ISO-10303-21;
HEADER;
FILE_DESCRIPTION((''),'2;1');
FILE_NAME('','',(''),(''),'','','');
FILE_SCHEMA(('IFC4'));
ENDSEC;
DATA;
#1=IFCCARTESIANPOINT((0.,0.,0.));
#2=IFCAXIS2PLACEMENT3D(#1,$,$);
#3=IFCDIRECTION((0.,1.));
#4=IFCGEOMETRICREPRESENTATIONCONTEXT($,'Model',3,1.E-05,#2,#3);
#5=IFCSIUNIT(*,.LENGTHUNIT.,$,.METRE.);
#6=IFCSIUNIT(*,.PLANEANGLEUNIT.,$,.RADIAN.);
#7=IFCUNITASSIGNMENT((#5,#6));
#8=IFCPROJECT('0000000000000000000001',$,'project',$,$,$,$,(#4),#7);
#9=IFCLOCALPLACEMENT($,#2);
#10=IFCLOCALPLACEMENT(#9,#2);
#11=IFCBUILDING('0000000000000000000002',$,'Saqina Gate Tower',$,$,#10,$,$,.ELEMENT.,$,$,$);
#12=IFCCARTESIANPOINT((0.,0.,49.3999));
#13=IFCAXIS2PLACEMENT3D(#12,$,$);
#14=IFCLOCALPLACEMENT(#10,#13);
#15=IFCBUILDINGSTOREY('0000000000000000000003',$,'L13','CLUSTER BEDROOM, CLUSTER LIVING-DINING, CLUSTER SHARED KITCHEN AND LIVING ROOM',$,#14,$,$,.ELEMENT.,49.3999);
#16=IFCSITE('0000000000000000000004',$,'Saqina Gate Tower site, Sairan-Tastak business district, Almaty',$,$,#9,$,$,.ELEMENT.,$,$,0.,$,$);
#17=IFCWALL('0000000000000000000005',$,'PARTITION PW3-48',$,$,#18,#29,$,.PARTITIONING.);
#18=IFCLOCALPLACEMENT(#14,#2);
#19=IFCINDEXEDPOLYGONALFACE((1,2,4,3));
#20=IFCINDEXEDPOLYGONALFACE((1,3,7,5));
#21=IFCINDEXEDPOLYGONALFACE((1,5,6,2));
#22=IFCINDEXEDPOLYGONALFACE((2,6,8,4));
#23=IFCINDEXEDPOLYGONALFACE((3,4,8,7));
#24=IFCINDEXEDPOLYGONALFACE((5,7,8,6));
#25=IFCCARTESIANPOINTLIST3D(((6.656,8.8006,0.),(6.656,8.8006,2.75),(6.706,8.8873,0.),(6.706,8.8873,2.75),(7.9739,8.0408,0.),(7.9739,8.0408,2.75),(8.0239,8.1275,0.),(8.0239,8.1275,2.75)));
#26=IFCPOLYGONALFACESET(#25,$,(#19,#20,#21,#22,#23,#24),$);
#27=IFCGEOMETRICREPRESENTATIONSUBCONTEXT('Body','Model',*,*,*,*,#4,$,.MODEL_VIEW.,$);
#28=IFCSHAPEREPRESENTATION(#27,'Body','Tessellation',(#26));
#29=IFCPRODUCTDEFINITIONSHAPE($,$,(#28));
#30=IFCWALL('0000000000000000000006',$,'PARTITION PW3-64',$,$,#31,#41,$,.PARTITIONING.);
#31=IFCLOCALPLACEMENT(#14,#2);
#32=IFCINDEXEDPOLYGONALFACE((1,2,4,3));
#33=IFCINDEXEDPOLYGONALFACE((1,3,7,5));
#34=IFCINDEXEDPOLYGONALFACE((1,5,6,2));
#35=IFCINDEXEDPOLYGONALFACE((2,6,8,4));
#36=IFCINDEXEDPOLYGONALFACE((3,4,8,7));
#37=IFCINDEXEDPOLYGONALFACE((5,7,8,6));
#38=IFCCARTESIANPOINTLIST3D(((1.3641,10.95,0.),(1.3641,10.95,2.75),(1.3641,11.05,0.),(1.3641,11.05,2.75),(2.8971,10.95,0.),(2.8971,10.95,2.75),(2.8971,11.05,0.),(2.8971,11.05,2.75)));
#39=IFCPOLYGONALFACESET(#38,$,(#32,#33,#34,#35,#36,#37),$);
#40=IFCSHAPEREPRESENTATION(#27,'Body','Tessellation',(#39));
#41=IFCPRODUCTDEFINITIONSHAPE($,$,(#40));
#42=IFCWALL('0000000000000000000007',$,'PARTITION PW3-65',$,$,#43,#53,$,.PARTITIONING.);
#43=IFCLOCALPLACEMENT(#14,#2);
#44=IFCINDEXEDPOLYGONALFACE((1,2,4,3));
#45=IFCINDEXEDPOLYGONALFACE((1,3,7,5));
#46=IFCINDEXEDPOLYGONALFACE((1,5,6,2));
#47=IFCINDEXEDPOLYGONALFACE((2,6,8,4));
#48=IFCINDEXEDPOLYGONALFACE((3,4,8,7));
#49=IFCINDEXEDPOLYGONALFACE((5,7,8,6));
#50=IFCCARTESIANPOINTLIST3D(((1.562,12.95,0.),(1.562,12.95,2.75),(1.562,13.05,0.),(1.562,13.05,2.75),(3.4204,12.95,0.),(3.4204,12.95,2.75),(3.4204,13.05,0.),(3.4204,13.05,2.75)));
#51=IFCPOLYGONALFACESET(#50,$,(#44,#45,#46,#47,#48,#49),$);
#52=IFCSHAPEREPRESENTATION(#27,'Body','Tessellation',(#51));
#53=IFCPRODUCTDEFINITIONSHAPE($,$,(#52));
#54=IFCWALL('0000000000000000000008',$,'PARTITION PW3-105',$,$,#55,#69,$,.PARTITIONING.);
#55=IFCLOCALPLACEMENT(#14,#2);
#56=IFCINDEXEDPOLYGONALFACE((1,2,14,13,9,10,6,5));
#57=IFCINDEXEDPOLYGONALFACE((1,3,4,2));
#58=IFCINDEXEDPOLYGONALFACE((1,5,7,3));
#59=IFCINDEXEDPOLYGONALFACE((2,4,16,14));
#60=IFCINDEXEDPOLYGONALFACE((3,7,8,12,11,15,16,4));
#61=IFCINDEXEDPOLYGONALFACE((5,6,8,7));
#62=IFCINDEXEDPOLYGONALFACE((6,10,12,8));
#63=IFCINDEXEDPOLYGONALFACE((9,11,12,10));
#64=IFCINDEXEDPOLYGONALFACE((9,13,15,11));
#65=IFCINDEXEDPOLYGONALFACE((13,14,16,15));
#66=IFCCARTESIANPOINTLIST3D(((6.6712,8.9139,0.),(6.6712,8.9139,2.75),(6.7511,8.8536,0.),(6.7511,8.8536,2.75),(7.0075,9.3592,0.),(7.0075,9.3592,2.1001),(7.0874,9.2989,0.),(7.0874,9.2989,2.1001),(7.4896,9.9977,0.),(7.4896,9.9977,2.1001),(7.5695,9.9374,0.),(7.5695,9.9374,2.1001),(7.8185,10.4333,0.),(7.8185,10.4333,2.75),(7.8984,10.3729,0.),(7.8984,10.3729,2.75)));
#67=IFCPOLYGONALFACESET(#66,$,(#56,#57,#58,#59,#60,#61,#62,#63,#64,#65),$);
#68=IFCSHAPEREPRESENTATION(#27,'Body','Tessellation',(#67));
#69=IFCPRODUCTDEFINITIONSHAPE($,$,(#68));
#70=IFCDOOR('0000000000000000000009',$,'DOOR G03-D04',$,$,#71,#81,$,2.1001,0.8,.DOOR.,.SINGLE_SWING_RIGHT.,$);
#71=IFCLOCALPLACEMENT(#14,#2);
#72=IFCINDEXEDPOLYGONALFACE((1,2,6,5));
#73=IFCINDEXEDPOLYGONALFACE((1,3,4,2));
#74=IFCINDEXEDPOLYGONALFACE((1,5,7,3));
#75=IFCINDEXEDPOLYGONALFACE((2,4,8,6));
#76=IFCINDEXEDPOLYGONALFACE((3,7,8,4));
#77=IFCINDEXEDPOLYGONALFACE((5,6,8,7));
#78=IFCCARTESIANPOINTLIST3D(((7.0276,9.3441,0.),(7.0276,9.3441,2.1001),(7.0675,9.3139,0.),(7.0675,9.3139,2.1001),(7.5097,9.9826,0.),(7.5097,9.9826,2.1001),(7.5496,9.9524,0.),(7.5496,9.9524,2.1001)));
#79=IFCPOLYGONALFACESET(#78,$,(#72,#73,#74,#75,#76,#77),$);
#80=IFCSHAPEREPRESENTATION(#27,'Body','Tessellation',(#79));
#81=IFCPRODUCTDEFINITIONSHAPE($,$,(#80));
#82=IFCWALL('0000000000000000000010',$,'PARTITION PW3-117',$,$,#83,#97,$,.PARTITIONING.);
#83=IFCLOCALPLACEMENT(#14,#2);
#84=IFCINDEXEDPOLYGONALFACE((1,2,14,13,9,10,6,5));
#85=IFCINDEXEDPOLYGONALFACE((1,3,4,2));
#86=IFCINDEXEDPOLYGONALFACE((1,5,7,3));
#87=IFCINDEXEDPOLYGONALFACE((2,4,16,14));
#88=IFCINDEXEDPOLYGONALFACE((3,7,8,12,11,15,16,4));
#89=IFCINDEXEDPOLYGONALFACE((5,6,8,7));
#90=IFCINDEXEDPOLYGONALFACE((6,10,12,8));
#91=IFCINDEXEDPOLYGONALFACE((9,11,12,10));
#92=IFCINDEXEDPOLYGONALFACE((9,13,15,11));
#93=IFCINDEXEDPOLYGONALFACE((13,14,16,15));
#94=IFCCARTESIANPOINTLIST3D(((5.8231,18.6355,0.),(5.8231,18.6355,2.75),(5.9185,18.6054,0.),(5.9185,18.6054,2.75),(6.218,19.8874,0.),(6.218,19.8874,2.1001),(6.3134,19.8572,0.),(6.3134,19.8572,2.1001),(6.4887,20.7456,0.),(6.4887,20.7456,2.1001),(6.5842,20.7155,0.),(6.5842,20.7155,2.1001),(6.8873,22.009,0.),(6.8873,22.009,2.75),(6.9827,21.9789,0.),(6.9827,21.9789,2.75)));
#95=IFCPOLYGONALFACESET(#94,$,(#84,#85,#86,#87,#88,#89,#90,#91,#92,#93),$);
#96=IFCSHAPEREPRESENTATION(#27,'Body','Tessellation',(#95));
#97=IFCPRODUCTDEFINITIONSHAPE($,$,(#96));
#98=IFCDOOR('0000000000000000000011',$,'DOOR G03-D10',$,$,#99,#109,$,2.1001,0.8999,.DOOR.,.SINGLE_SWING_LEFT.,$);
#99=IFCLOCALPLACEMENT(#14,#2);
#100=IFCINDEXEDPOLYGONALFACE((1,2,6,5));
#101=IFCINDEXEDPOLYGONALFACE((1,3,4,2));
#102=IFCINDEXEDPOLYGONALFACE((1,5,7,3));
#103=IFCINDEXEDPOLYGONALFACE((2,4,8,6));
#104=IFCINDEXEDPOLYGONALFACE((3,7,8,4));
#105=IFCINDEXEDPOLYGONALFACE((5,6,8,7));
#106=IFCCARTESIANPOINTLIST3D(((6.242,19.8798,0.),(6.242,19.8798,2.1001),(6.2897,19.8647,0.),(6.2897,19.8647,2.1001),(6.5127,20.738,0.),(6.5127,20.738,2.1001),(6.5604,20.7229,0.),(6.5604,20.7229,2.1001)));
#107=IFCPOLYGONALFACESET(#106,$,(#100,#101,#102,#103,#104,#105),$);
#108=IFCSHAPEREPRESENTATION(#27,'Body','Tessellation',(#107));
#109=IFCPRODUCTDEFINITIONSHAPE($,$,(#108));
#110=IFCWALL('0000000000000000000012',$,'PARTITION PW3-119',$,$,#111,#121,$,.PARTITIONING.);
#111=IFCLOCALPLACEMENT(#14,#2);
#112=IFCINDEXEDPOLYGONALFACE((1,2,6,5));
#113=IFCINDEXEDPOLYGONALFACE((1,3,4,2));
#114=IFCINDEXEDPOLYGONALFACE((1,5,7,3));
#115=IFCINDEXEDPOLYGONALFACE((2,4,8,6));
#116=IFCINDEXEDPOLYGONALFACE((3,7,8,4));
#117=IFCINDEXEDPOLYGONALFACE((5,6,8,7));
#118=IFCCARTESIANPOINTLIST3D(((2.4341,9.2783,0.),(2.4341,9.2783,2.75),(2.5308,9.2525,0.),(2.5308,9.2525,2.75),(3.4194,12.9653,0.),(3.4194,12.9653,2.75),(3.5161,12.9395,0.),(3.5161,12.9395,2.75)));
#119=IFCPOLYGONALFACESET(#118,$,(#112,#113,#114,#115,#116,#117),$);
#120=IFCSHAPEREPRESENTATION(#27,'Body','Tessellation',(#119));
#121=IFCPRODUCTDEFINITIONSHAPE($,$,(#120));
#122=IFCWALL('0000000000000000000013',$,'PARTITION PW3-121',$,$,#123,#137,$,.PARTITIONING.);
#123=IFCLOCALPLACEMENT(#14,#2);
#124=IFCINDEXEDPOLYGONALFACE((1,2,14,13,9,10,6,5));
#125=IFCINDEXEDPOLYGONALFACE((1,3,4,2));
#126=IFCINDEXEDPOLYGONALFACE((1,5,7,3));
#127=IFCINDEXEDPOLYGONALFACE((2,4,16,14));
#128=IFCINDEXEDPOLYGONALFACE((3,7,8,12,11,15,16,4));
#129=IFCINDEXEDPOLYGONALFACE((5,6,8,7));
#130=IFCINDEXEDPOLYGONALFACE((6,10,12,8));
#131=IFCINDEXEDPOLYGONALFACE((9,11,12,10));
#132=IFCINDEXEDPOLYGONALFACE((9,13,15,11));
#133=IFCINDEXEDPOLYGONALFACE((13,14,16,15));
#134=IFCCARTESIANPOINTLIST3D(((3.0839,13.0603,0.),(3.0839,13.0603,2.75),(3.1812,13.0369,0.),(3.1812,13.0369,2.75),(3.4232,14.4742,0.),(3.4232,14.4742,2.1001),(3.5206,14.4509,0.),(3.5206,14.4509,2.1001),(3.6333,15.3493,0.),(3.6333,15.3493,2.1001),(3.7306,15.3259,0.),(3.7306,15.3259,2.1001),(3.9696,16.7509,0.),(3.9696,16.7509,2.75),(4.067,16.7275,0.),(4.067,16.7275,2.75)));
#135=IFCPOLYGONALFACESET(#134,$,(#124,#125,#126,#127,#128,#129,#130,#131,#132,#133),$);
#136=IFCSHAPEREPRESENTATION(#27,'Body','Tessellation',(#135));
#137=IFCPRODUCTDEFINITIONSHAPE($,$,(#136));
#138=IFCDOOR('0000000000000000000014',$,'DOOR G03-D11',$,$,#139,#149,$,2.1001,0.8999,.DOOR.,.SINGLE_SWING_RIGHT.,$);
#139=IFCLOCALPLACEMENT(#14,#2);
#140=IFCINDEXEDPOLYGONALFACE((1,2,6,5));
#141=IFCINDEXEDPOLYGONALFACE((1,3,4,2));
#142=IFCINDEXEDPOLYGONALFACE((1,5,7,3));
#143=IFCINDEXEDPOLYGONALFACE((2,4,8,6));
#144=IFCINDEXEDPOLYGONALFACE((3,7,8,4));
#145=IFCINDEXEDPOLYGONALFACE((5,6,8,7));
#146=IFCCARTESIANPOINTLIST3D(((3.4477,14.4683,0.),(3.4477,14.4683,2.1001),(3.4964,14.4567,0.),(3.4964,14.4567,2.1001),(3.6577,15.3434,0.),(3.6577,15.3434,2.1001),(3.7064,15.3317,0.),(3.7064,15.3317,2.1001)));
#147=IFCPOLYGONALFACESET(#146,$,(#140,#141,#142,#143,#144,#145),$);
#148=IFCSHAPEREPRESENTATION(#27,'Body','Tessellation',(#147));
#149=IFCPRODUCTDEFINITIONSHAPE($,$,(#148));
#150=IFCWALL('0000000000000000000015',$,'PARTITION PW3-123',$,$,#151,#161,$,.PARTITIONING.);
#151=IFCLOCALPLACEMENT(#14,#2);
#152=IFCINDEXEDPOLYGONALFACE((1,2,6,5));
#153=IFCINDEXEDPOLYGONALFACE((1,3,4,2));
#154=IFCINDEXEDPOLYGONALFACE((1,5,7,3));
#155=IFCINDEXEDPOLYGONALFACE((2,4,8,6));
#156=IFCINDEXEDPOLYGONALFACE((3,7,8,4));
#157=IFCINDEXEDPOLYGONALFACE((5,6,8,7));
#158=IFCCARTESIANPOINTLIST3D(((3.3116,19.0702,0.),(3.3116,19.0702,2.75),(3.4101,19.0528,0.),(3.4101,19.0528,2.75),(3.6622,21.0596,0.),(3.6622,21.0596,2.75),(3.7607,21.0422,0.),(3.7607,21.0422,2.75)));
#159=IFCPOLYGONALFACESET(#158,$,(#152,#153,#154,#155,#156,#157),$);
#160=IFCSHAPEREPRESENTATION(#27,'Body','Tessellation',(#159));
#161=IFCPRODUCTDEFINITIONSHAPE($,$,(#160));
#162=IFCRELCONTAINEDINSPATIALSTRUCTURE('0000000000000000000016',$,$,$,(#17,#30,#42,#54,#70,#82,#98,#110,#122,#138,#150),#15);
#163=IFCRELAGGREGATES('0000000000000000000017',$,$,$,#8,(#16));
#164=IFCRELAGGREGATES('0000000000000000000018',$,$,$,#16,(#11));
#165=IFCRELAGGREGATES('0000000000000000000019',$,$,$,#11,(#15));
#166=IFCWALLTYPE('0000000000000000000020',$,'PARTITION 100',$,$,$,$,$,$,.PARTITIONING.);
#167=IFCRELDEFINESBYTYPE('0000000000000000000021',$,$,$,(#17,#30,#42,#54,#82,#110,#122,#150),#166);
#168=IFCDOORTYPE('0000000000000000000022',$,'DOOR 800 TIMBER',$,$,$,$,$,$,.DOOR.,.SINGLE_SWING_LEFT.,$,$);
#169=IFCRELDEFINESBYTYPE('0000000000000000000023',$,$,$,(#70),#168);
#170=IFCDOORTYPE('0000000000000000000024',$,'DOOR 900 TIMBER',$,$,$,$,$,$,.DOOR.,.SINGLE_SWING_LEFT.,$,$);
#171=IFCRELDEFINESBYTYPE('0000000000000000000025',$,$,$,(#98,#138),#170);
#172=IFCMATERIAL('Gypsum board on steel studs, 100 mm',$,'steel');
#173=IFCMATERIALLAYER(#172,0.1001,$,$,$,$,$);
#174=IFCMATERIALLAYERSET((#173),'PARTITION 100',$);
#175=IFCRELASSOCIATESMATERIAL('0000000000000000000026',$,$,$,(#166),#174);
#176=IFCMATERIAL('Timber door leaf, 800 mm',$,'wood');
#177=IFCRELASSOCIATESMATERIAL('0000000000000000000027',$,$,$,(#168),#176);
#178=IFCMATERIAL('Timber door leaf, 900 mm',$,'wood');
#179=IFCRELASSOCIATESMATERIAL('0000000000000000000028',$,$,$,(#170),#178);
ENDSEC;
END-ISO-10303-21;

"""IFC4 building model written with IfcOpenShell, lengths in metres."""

from ifc_helpers import new_model, si_unit, direction, frame, frame_2d, origin, place, context, subcontext, project, spatial, rectangle, extrude, material, layer, layer_set, type_object, element, fill, save


model = new_model("IFC4")

# Units and contexts
model_context = context("Model", 3, precision=1e-05, world=origin(), true_north=direction((0.0, 1.0)))
body_context = subcontext(model_context, "Body", "Model", "MODEL_VIEW")
ifc_project = project(units=[si_unit("LENGTHUNIT", "METRE"), si_unit("PLANEANGLEUNIT", "RADIAN")], contexts=[model_context])

# Site, building, storey
site_placement = place(None, origin())
site = spatial("IfcSite", under=ifc_project, at=site_placement, Name="Saqina Gate Tower site, Sairan-Tastak business district, Almaty", CompositionType="ELEMENT", RefElevation=0.0)
building_placement = place(site_placement, origin())
building = spatial("IfcBuilding", under=site, at=building_placement, Name="Saqina Gate Tower", CompositionType="ELEMENT")
storey_placement = place(building_placement, frame((0.0, 0.0, 49.3999)))
storey = spatial("IfcBuildingStorey", under=building, at=storey_placement, Name="L13", Description="CLUSTER BEDROOM, CLUSTER LIVING-DINING, CLUSTER SHARED KITCHEN AND LIVING ROOM", CompositionType="ELEMENT", Elevation=49.3999)

# Walls
ifc_material_1 = material(Name="Gypsum board on steel studs, 100 mm", Category="steel")
ifc_layer_1 = layer(ifc_material_1, 0.1001)
ifc_layer_set_1 = layer_set([ifc_layer_1], Name="PARTITION 100")
wall_type_1 = type_object("IfcWallType", Name="PARTITION 100", PredefinedType="PARTITIONING", material=ifc_layer_set_1)
wall_1_placement = place(storey_placement, frame((6.6809, 8.844, 0.0), z_axis=(0.0, 0.0, 1.0), x_axis=(0.866341, -0.499454, 0.0)))
element("IfcWall", 1, at=wall_1_placement, inside=storey, type_object=wall_type_1, Name="PARTITION PW3-48", PredefinedType="PARTITIONING", context=body_context, shape_type="SweptSolid", body=[
    extrude(rectangle(XDim=1.5212, YDim=0.1001, at=frame_2d((0.7607, 0.0))), origin(), (0.0, 0.0, 1.0), 2.75),
])
wall_2_placement = place(storey_placement, frame((1.364, 11.0, 0.0), z_axis=(0.0, 0.0, 1.0), x_axis=(1.0, 0.0, 0.0)))
element("IfcWall", 2, at=wall_2_placement, inside=storey, type_object=wall_type_1, Name="PARTITION PW3-64", PredefinedType="PARTITIONING", context=body_context, shape_type="SweptSolid", body=[
    extrude(rectangle(XDim=1.533, YDim=0.1001, at=frame_2d((0.7666, 0.0))), origin(), (0.0, 0.0, 1.0), 2.75),
])
wall_3_placement = place(storey_placement, frame((1.562, 13.0, 0.0), z_axis=(0.0, 0.0, 1.0), x_axis=(1.0, 0.0, 0.0)))
element("IfcWall", 3, at=wall_3_placement, inside=storey, type_object=wall_type_1, Name="PARTITION PW3-65", PredefinedType="PARTITIONING", context=body_context, shape_type="SweptSolid", body=[
    extrude(rectangle(XDim=1.8584, YDim=0.1001, at=frame_2d((0.9292, 0.0))), origin(), (0.0, 0.0, 1.0), 2.75),
])

# Walls, openings, doors
wall_4_placement = place(storey_placement, frame((6.7112, 8.8838, 0.0), z_axis=(0.0, 0.0, 1.0), x_axis=(0.602603, 0.798041, 0.0)))
wall_4 = element("IfcWall", 4, at=wall_4_placement, inside=storey, type_object=wall_type_1, Name="PARTITION PW3-105", PredefinedType="PARTITIONING", context=body_context, shape_type="SweptSolid", body=[
    extrude(rectangle(XDim=1.9038, YDim=0.1001, at=frame_2d((0.9519, 0.0))), origin(), (0.0, 0.0, 1.0), 2.75),
])
opening_1_placement = place(wall_4_placement, frame((0.5581, 0.0, 0.0)))
opening_1 = element("IfcOpeningElement", 5, at=opening_1_placement, cuts=wall_4, PredefinedType="OPENING", context=body_context, shape_type="SweptSolid", body=[
    extrude(rectangle(XDim=0.8, YDim=2.1001, at=frame_2d((0.3999, 1.05))), frame((0.0, 0.062, 0.0), z_axis=(0.0, -1.0, 0.0), x_axis=(1.0, 0.0, 0.0)), (0.0, 0.0, 1.0), 0.124),
])
ifc_material_2 = material(Name="Timber door leaf, 800 mm", Category="wood")
door_type_1 = type_object("IfcDoorType", Name="DOOR 800 TIMBER", OperationType="SINGLE_SWING_LEFT", PredefinedType="DOOR", material=ifc_material_2)
door_1_placement = place(opening_1_placement, origin())
door_1 = element("IfcDoor", 6, at=door_1_placement, inside=storey, type_object=door_type_1, Name="DOOR G03-D04", OperationType="SINGLE_SWING_RIGHT", OverallHeight=2.1001, OverallWidth=0.8, PredefinedType="DOOR", context=body_context, shape_type="SweptSolid", body=[
    extrude(rectangle(XDim=0.8, YDim=2.1001, at=frame_2d((0.3999, 1.05))), frame((0.0, 0.0249, 0.0), z_axis=(0.0, -1.0, 0.0), x_axis=(1.0, 0.0, 0.0)), (0.0, 0.0, 1.0), 0.05),
])
fill(opening_1, door_1)
wall_5_placement = place(storey_placement, frame((5.8708, 18.6206, 0.0), z_axis=(0.0, 0.0, 1.0), x_axis=(0.300844, 0.953673, 0.0)))
wall_5 = element("IfcWall", 7, at=wall_5_placement, inside=storey, type_object=wall_type_1, Name="PARTITION PW3-117", PredefinedType="PARTITIONING", context=body_context, shape_type="SweptSolid", body=[
    extrude(rectangle(XDim=3.5374, YDim=0.1001, at=frame_2d((1.7686, 0.0))), origin(), (0.0, 0.0, 1.0), 2.75),
])
opening_2_placement = place(wall_5_placement, frame((1.3125, 0.0, 0.0)))
opening_2 = element("IfcOpeningElement", 8, at=opening_2_placement, cuts=wall_5, PredefinedType="OPENING", context=body_context, shape_type="SweptSolid", body=[
    extrude(rectangle(XDim=0.8999, YDim=2.1001, at=frame_2d((0.45, 1.05))), frame((0.0, 0.062, 0.0), z_axis=(0.0, -1.0, 0.0), x_axis=(1.0, 0.0, 0.0)), (0.0, 0.0, 1.0), 0.124),
])
ifc_material_3 = material(Name="Timber door leaf, 900 mm", Category="wood")
door_type_2 = type_object("IfcDoorType", Name="DOOR 900 TIMBER", OperationType="SINGLE_SWING_LEFT", PredefinedType="DOOR", material=ifc_material_3)
door_2_placement = place(opening_2_placement, origin())
door_2 = element("IfcDoor", 9, at=door_2_placement, inside=storey, type_object=door_type_2, Name="DOOR G03-D10", OperationType="SINGLE_SWING_LEFT", OverallHeight=2.1001, OverallWidth=0.8999, PredefinedType="DOOR", context=body_context, shape_type="SweptSolid", body=[
    extrude(rectangle(XDim=0.8999, YDim=2.1001, at=frame_2d((0.45, 1.05))), frame((0.0, 0.0249, 0.0), z_axis=(0.0, -1.0, 0.0), x_axis=(1.0, 0.0, 0.0)), (0.0, 0.0, 1.0), 0.05),
])
fill(opening_2, door_2)

# Wall
wall_6_placement = place(storey_placement, frame((2.4824, 9.2654, 0.0), z_axis=(0.0, 0.0, 1.0), x_axis=(0.258188, 0.966095, 0.0)))
element("IfcWall", 10, at=wall_6_placement, inside=storey, type_object=wall_type_1, Name="PARTITION PW3-119", PredefinedType="PARTITIONING", context=body_context, shape_type="SweptSolid", body=[
    extrude(rectangle(XDim=3.8164, YDim=0.1001, at=frame_2d((1.9082, 0.0))), origin(), (0.0, 0.0, 1.0), 2.75),
])

# Wall, opening, door
wall_7_placement = place(storey_placement, frame((3.1326, 13.0486, 0.0), z_axis=(0.0, 0.0, 1.0), x_axis=(0.233368, 0.972388, 0.0)))
wall_7 = element("IfcWall", 11, at=wall_7_placement, inside=storey, type_object=wall_type_1, Name="PARTITION PW3-121", PredefinedType="PARTITIONING", context=body_context, shape_type="SweptSolid", body=[
    extrude(rectangle(XDim=3.7954, YDim=0.1001, at=frame_2d((1.8977, 0.0))), origin(), (0.0, 0.0, 1.0), 2.75),
])
opening_3_placement = place(wall_7_placement, frame((1.4541, 0.0, 0.0)))
opening_3 = element("IfcOpeningElement", 12, at=opening_3_placement, cuts=wall_7, PredefinedType="OPENING", context=body_context, shape_type="SweptSolid", body=[
    extrude(rectangle(XDim=0.8999, YDim=2.1001, at=frame_2d((0.45, 1.05))), frame((0.0, 0.062, 0.0), z_axis=(0.0, -1.0, 0.0), x_axis=(1.0, 0.0, 0.0)), (0.0, 0.0, 1.0), 0.124),
])
door_3_placement = place(opening_3_placement, origin())
door_3 = element("IfcDoor", 13, at=door_3_placement, inside=storey, type_object=door_type_2, Name="DOOR G03-D11", OperationType="SINGLE_SWING_RIGHT", OverallHeight=2.1001, OverallWidth=0.8999, PredefinedType="DOOR", context=body_context, shape_type="SweptSolid", body=[
    extrude(rectangle(XDim=0.8999, YDim=2.1001, at=frame_2d((0.45, 1.05))), frame((0.0, 0.0249, 0.0), z_axis=(0.0, -1.0, 0.0), x_axis=(1.0, 0.0, 0.0)), (0.0, 0.0, 1.0), 0.05),
])
fill(opening_3, door_3)

# Wall
wall_8_placement = place(storey_placement, frame((3.3608, 19.0615, 0.0), z_axis=(0.0, 0.0, 1.0), x_axis=(0.173565, 0.984822, 0.0)))
element("IfcWall", 14, at=wall_8_placement, inside=storey, type_object=wall_type_1, Name="PARTITION PW3-123", PredefinedType="PARTITIONING", context=body_context, shape_type="SweptSolid", body=[
    extrude(rectangle(XDim=2.02, YDim=0.1001, at=frame_2d((1.01, 0.0))), origin(), (0.0, 0.0, 1.0), 2.75),
])

save(model, "model.ifc")
